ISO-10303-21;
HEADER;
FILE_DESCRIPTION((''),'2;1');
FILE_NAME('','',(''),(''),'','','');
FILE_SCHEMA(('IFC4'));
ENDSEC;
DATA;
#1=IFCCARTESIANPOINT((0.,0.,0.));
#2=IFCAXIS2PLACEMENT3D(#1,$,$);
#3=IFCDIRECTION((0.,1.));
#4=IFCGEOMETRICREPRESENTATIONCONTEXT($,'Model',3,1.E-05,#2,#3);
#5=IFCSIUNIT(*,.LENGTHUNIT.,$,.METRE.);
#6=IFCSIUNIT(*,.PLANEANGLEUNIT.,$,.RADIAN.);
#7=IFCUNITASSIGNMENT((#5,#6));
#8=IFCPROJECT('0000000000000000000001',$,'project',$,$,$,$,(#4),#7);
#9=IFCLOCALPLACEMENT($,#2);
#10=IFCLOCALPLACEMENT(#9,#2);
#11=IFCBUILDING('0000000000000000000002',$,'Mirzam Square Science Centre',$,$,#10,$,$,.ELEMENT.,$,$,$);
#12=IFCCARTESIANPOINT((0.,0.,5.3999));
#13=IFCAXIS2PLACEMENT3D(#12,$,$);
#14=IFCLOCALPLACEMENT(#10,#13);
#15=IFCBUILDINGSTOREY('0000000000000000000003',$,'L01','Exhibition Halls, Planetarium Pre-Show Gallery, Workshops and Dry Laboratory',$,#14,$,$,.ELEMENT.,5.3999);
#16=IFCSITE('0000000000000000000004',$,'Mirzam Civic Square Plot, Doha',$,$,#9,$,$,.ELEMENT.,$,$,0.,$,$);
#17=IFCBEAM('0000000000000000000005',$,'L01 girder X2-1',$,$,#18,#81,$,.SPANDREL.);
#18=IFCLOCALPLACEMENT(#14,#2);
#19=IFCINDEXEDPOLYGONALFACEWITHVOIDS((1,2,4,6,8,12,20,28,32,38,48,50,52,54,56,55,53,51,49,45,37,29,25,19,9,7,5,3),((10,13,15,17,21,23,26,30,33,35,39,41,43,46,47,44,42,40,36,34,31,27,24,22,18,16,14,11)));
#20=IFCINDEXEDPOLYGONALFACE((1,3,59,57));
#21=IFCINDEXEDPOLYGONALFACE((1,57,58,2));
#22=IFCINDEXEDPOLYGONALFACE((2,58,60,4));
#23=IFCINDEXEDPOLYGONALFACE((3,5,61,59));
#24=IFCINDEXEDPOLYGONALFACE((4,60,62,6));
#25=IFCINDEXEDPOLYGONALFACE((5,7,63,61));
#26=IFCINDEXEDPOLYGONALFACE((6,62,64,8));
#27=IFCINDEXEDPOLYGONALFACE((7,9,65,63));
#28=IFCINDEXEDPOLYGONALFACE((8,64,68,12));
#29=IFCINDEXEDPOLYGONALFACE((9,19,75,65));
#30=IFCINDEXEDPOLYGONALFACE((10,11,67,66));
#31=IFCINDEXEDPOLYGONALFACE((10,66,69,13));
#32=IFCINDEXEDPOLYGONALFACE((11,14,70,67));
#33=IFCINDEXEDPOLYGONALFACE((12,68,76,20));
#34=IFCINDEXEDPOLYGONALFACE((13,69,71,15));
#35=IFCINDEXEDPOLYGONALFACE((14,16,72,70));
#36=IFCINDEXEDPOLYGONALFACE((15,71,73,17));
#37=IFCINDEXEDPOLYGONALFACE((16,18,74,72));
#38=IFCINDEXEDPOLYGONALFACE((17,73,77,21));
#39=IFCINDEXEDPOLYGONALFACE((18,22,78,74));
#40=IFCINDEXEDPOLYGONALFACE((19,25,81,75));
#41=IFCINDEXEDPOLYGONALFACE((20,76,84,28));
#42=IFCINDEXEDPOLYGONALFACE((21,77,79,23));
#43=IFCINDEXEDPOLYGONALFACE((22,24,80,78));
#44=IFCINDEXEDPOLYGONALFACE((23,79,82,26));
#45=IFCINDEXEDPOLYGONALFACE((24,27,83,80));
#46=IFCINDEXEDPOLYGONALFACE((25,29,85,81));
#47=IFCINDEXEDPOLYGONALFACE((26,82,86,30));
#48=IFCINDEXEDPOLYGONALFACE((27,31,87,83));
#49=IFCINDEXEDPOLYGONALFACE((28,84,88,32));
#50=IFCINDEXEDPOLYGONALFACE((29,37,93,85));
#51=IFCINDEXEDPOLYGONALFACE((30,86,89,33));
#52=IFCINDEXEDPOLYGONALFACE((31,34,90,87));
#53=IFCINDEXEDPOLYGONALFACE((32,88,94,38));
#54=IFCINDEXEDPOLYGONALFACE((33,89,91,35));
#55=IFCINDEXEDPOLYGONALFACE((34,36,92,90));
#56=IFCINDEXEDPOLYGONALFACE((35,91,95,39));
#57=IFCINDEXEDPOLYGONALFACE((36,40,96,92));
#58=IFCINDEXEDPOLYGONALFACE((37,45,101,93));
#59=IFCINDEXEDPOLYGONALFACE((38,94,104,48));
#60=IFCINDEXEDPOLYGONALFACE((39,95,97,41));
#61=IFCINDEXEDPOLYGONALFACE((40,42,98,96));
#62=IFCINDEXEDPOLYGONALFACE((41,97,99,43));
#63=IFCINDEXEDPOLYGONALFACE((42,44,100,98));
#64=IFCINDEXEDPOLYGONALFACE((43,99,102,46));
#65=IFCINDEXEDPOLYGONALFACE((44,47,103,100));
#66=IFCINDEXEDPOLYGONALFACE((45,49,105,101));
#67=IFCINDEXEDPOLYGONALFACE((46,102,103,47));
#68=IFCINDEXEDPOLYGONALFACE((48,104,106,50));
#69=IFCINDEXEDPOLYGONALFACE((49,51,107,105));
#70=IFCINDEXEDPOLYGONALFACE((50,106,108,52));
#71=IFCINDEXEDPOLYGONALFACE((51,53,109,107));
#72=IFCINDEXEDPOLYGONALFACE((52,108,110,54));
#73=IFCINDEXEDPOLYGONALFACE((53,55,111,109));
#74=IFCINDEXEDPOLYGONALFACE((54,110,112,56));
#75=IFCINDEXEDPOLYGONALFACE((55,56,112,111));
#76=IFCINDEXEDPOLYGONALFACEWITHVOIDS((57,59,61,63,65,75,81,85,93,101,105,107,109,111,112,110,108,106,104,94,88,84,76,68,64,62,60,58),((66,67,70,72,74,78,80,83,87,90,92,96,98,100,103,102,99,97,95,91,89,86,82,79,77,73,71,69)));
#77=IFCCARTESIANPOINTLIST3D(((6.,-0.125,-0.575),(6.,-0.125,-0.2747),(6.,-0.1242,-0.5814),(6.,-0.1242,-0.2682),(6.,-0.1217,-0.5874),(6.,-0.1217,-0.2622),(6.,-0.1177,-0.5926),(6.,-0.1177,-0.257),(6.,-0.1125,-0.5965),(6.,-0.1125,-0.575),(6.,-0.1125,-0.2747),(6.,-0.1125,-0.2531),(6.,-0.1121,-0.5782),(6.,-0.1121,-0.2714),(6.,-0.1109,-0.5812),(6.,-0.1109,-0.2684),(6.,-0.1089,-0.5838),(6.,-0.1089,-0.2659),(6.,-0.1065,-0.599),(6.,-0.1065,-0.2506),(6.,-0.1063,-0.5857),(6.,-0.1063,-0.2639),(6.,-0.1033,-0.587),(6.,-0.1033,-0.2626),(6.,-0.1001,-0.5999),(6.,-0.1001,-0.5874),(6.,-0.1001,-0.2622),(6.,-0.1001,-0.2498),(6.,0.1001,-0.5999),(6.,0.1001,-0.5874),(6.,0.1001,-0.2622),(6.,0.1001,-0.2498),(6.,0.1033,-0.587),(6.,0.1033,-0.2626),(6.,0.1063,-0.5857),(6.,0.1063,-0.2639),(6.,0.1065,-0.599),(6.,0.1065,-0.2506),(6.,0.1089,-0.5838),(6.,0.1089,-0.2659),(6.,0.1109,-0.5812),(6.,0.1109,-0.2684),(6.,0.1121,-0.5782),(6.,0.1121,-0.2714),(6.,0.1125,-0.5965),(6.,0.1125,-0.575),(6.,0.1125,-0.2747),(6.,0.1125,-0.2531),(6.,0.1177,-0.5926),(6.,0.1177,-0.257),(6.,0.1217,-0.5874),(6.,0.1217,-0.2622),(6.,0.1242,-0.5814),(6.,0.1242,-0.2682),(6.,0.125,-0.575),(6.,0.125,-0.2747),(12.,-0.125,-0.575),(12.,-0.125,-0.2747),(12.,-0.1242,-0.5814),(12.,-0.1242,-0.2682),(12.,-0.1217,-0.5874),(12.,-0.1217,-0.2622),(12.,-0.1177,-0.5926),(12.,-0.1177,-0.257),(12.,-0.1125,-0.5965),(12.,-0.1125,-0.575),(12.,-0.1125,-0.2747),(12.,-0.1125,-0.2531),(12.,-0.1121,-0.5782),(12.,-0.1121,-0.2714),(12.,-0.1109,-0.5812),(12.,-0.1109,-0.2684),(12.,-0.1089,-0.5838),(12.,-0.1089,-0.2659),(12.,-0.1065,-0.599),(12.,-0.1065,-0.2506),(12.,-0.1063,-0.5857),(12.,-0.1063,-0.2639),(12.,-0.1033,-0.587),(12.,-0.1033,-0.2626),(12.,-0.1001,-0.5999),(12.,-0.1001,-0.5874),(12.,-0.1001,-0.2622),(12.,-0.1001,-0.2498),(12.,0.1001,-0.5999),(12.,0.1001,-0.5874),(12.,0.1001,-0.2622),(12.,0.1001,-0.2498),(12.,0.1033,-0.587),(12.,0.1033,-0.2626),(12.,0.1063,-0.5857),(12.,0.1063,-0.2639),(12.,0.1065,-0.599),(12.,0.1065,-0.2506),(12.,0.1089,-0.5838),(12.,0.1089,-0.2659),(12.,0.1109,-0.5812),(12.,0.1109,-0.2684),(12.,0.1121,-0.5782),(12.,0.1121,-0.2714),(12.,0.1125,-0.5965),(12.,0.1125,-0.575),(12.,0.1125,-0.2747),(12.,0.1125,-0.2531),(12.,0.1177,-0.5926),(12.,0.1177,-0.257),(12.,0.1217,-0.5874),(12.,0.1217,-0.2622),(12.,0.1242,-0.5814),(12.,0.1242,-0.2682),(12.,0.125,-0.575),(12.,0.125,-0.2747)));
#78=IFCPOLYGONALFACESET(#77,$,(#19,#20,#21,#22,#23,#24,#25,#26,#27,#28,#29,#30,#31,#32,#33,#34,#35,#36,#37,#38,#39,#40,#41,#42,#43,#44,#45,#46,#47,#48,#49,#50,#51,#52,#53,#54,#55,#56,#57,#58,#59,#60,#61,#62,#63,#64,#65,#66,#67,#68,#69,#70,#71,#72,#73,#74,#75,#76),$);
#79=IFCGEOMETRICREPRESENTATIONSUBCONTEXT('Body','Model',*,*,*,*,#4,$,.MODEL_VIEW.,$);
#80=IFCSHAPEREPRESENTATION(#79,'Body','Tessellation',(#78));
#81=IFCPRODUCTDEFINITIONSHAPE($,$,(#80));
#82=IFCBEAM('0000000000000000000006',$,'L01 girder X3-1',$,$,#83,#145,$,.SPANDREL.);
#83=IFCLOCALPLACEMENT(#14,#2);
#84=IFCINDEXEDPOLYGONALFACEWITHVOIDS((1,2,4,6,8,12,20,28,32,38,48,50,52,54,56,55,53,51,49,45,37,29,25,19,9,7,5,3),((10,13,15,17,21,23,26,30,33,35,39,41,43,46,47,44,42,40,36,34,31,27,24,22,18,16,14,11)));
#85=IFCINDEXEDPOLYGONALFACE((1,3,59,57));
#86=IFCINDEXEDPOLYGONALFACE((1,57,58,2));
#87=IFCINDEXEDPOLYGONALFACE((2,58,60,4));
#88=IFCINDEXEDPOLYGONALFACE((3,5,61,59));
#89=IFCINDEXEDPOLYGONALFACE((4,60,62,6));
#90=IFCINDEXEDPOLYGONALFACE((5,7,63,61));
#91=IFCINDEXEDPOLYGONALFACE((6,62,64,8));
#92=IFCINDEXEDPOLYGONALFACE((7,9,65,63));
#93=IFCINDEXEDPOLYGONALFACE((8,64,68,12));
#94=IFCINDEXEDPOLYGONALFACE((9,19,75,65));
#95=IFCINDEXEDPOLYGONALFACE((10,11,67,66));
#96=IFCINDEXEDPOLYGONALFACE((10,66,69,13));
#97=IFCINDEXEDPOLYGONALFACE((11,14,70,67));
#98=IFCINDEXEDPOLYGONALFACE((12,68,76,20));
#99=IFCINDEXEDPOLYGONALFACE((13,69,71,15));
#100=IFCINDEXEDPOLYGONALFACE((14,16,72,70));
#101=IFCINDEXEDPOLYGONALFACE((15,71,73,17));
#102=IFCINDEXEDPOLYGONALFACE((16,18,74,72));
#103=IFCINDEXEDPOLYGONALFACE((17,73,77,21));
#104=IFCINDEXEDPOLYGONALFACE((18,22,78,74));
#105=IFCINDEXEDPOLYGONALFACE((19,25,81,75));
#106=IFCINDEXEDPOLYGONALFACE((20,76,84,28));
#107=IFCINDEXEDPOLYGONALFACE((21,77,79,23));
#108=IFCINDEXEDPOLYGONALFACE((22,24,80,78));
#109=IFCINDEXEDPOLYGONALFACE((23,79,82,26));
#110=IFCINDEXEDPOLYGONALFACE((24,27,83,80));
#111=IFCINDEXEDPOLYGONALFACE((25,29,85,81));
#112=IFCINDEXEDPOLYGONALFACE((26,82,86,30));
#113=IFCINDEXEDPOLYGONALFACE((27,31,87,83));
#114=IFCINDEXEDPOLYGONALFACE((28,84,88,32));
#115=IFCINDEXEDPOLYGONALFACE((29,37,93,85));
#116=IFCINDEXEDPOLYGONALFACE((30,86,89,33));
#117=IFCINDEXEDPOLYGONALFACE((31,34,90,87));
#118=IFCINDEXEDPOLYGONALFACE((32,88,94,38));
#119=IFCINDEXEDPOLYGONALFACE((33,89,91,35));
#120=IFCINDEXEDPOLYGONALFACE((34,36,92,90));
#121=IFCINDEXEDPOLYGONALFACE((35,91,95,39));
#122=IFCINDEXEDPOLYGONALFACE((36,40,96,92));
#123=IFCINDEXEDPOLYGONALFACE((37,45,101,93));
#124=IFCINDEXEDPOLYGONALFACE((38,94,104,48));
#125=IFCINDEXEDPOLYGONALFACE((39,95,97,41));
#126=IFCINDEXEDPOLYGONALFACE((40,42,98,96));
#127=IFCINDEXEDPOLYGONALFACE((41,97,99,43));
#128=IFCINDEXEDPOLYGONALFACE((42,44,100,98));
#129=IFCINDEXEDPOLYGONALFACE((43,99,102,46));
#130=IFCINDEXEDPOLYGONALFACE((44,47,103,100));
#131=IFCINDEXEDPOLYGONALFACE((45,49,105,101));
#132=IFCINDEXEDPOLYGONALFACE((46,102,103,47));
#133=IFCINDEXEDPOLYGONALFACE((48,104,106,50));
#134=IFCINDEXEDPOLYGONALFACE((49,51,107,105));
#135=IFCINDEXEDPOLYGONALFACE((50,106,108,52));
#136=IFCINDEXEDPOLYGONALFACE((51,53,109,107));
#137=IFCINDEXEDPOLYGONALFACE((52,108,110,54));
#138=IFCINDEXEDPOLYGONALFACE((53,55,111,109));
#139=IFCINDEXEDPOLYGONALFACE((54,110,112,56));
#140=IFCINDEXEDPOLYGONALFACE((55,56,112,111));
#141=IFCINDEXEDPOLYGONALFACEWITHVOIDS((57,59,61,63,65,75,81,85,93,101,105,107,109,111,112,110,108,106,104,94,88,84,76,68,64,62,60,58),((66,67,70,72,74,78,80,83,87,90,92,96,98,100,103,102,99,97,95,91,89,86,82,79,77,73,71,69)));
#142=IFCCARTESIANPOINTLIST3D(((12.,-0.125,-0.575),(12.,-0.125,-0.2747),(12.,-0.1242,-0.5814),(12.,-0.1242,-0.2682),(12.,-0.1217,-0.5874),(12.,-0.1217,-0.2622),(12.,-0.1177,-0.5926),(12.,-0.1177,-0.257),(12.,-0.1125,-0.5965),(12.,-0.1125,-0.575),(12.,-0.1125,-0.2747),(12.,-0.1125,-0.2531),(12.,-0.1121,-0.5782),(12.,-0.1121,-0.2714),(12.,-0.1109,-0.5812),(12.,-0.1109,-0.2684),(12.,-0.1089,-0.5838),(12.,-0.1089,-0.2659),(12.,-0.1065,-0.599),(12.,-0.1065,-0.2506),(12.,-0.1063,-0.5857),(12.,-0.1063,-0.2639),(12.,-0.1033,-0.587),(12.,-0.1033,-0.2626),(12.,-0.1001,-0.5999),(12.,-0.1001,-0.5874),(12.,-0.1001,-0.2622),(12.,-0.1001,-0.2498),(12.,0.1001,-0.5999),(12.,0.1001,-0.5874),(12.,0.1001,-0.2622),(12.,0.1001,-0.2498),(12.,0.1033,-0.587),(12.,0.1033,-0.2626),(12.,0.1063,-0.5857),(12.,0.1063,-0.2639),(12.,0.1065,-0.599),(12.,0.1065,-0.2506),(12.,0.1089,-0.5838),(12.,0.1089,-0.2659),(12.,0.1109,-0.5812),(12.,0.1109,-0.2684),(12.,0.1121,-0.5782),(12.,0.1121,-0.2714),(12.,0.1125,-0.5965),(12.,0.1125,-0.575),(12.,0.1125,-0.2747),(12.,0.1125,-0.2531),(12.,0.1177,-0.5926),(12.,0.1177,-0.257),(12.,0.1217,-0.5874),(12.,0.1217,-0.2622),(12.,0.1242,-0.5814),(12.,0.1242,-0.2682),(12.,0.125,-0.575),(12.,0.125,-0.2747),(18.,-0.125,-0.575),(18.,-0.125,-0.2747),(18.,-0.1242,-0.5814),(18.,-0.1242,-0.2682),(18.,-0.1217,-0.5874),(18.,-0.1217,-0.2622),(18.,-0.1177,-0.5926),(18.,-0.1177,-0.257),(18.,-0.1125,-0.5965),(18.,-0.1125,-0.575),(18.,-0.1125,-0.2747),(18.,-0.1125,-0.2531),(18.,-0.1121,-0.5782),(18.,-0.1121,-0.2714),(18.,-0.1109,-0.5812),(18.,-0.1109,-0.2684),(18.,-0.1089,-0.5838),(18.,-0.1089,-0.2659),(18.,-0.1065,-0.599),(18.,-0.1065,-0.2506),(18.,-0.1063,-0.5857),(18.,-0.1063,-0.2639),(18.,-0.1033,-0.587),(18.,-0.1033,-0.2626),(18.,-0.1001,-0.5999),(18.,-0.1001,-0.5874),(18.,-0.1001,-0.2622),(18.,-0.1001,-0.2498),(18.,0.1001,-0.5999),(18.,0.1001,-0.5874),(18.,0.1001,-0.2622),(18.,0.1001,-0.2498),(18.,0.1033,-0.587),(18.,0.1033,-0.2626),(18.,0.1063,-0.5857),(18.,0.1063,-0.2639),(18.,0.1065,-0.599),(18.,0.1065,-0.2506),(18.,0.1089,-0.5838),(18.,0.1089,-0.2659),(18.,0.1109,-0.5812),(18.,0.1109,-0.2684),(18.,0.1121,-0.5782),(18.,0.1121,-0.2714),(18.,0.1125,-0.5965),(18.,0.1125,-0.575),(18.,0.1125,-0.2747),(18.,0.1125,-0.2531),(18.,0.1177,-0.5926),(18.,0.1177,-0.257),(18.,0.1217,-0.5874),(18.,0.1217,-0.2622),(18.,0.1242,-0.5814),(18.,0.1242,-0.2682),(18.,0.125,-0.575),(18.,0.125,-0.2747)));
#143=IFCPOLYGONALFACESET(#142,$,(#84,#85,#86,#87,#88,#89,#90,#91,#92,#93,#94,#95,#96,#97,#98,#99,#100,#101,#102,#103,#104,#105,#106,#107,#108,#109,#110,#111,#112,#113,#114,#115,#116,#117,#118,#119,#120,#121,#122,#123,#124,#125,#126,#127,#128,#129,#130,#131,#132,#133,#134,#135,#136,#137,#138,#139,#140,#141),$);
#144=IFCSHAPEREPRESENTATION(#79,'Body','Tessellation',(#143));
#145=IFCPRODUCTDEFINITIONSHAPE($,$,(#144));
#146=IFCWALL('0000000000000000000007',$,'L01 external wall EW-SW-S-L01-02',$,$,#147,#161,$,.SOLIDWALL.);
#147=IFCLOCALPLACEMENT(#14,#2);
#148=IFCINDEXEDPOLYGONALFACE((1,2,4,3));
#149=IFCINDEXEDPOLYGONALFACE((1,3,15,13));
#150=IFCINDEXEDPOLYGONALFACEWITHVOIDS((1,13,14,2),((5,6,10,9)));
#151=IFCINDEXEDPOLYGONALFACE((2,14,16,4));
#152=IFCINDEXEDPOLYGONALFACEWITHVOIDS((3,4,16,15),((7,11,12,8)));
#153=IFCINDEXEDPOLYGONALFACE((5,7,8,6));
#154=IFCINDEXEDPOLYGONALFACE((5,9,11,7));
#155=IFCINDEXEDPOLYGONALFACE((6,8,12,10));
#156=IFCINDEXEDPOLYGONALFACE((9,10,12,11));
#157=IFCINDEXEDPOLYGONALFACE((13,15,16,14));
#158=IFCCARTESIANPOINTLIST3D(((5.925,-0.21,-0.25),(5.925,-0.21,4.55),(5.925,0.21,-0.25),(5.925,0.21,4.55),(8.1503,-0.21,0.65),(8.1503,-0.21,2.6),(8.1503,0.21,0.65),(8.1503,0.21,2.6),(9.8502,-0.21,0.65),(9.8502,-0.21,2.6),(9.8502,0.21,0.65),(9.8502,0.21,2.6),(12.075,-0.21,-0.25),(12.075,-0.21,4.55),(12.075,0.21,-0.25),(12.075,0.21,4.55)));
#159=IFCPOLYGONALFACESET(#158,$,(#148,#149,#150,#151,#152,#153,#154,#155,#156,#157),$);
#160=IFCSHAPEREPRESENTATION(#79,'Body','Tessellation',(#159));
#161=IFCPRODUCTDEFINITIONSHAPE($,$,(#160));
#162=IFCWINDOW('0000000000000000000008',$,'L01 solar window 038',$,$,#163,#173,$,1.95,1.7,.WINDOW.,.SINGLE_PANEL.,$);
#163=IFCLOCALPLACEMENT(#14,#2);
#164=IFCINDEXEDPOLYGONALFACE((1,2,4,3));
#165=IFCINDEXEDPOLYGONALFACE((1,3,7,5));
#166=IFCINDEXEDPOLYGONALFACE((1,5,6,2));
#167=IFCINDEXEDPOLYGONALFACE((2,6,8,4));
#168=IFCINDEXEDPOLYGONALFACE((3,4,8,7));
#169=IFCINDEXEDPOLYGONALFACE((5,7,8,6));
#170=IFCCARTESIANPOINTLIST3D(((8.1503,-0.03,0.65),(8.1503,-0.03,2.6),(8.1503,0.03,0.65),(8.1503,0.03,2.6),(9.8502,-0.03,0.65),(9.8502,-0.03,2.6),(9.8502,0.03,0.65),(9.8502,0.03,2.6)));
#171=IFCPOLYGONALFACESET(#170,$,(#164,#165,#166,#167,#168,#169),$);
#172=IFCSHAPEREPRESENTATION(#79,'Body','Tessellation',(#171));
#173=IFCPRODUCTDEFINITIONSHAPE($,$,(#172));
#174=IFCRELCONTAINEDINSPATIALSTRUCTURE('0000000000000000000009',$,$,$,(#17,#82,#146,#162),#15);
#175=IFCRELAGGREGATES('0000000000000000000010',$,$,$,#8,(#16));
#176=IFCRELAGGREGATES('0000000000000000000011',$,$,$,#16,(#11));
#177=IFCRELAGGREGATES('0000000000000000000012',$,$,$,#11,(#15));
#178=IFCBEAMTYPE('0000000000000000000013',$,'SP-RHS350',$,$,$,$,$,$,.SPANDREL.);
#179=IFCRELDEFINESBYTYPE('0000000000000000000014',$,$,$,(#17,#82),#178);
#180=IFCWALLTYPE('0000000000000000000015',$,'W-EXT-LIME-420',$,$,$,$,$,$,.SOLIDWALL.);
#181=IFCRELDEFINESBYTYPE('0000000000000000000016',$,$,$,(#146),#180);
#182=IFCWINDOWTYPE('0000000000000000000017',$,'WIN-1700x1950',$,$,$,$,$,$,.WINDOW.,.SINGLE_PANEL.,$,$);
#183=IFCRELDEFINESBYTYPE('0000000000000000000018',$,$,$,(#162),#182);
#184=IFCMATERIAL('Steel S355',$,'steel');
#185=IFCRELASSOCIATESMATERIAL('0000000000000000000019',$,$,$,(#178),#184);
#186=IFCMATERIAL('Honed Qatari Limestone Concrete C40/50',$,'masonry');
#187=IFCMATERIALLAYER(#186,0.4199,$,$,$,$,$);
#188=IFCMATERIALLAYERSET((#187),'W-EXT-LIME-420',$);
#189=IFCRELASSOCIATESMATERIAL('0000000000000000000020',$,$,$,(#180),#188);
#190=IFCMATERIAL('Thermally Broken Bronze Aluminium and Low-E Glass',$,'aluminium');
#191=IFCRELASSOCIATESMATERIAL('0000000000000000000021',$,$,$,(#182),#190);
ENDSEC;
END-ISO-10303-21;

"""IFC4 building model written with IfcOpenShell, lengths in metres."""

from ifc_helpers import new_model, si_unit, direction, frame, frame_2d, origin, origin_2d, place, context, subcontext, project, spatial, rectangle, hollow_rectangle, extrude, material, layer, layer_set, material_profile, profile_set, type_object, element, fill, save


model = new_model("IFC4")

# Units and contexts
model_context = context("Model", 3, precision=1e-05, world=origin(), true_north=direction((0.0, 1.0)))
body_context = subcontext(model_context, "Body", "Model", "MODEL_VIEW")
ifc_project = project(units=[si_unit("LENGTHUNIT", "METRE"), si_unit("PLANEANGLEUNIT", "RADIAN")], contexts=[model_context])

# Site, building, storey
site_placement = place(None, origin())
site = spatial("IfcSite", under=ifc_project, at=site_placement, Name="Mirzam Civic Square Plot, Doha", CompositionType="ELEMENT", RefElevation=0.0)
building_placement = place(site_placement, origin())
building = spatial("IfcBuilding", under=site, at=building_placement, Name="Mirzam Square Science Centre", CompositionType="ELEMENT")
storey_placement = place(building_placement, frame((0.0, 0.0, 5.3999)))
storey = spatial("IfcBuildingStorey", under=building, at=storey_placement, Name="L01", Description="Exhibition Halls, Planetarium Pre-Show Gallery, Workshops and Dry Laboratory", CompositionType="ELEMENT", Elevation=5.3999)

# Shared definitions
ifc_material_1 = material(Name="Steel S355", Category="steel")

# Beams
ifc_material_profile_1 = material_profile(ifc_material_1, hollow_rectangle(XDim=0.25, YDim=0.3501, WallThickness=0.0125, InnerFilletRadius=0.0125, OuterFilletRadius=0.0249, at=origin_2d()), Name="350x250x12.5RHS")
ifc_profile_set_1 = profile_set([ifc_material_profile_1], Name="Steel S355")
beam_type_1 = type_object("IfcBeamType", Name="SP-RHS350", PredefinedType="SPANDREL", material=ifc_profile_set_1)
for number, where, z_axis, x_axis, name in (
    (1, (6.0, 0.0, -0.4248), (1.0, 0.0, 0.0), (0.0, 1.0, 0.0), "L01 girder X2-1"),
    (2, (12.0, 0.0, -0.4248), (1.0, 0.0, 0.0), (0.0, 1.0, 0.0), "L01 girder X3-1"),
):
    element("IfcBeam", number, at=place(storey_placement, frame(where, z_axis=z_axis, x_axis=x_axis)), inside=storey, type_object=beam_type_1, Name=name, PredefinedType="SPANDREL", context=body_context, shape_type="SweptSolid", body=[
        extrude(hollow_rectangle(XDim=0.25, YDim=0.3501, WallThickness=0.0125, InnerFilletRadius=0.0125, OuterFilletRadius=0.0249, at=origin_2d()), origin(), (0.0, 0.0, 1.0), 6.0),
    ])

# Wall, opening, window
ifc_material_2 = material(Name="Honed Qatari Limestone Concrete C40/50", Category="masonry")
ifc_layer_1 = layer(ifc_material_2, 0.4199)
ifc_layer_set_1 = layer_set([ifc_layer_1], Name="W-EXT-LIME-420")
wall_type_1 = type_object("IfcWallType", Name="W-EXT-LIME-420", PredefinedType="SOLIDWALL", material=ifc_layer_set_1)
wall_1_placement = place(storey_placement, frame((5.925, 0.0, -0.25), z_axis=(0.0, 0.0, 1.0), x_axis=(1.0, 0.0, 0.0)))
wall_1 = element("IfcWall", 3, at=wall_1_placement, inside=storey, type_object=wall_type_1, Name="L01 external wall EW-SW-S-L01-02", PredefinedType="SOLIDWALL", context=body_context, shape_type="SweptSolid", body=[
    extrude(rectangle(XDim=6.1499, YDim=0.4199, at=frame_2d((3.075, 0.0))), origin(), (0.0, 0.0, 1.0), 4.8),
])
opening_1_placement = place(wall_1_placement, frame((2.2251, 0.0, 0.8999)))
opening_1 = element("IfcOpeningElement", 4, at=opening_1_placement, cuts=wall_1, PredefinedType="OPENING", context=body_context, shape_type="SweptSolid", body=[
    extrude(rectangle(XDim=1.7, YDim=1.95, at=frame_2d((0.8501, 0.9751))), frame((0.0, 0.22, 0.0), z_axis=(0.0, -1.0, 0.0), x_axis=(1.0, 0.0, 0.0)), (0.0, 0.0, 1.0), 0.4399),
])
ifc_material_3 = material(Name="Thermally Broken Bronze Aluminium and Low-E Glass", Category="aluminium")
window_type_1 = type_object("IfcWindowType", Name="WIN-1700x1950", PartitioningType="SINGLE_PANEL", PredefinedType="WINDOW", material=ifc_material_3)
window_1_placement = place(opening_1_placement, origin())
window_1 = element("IfcWindow", 5, at=window_1_placement, inside=storey, type_object=window_type_1, Name="L01 solar window 038", OverallHeight=1.95, OverallWidth=1.7, PartitioningType="SINGLE_PANEL", PredefinedType="WINDOW", context=body_context, shape_type="SweptSolid", body=[
    extrude(rectangle(XDim=1.7, YDim=1.95, at=frame_2d((0.8501, 0.9751))), frame((0.0, 0.03, 0.0), z_axis=(0.0, -1.0, 0.0), x_axis=(1.0, 0.0, 0.0)), (0.0, 0.0, 1.0), 0.0601),
])
fill(opening_1, window_1)

save(model, "model.ifc")
